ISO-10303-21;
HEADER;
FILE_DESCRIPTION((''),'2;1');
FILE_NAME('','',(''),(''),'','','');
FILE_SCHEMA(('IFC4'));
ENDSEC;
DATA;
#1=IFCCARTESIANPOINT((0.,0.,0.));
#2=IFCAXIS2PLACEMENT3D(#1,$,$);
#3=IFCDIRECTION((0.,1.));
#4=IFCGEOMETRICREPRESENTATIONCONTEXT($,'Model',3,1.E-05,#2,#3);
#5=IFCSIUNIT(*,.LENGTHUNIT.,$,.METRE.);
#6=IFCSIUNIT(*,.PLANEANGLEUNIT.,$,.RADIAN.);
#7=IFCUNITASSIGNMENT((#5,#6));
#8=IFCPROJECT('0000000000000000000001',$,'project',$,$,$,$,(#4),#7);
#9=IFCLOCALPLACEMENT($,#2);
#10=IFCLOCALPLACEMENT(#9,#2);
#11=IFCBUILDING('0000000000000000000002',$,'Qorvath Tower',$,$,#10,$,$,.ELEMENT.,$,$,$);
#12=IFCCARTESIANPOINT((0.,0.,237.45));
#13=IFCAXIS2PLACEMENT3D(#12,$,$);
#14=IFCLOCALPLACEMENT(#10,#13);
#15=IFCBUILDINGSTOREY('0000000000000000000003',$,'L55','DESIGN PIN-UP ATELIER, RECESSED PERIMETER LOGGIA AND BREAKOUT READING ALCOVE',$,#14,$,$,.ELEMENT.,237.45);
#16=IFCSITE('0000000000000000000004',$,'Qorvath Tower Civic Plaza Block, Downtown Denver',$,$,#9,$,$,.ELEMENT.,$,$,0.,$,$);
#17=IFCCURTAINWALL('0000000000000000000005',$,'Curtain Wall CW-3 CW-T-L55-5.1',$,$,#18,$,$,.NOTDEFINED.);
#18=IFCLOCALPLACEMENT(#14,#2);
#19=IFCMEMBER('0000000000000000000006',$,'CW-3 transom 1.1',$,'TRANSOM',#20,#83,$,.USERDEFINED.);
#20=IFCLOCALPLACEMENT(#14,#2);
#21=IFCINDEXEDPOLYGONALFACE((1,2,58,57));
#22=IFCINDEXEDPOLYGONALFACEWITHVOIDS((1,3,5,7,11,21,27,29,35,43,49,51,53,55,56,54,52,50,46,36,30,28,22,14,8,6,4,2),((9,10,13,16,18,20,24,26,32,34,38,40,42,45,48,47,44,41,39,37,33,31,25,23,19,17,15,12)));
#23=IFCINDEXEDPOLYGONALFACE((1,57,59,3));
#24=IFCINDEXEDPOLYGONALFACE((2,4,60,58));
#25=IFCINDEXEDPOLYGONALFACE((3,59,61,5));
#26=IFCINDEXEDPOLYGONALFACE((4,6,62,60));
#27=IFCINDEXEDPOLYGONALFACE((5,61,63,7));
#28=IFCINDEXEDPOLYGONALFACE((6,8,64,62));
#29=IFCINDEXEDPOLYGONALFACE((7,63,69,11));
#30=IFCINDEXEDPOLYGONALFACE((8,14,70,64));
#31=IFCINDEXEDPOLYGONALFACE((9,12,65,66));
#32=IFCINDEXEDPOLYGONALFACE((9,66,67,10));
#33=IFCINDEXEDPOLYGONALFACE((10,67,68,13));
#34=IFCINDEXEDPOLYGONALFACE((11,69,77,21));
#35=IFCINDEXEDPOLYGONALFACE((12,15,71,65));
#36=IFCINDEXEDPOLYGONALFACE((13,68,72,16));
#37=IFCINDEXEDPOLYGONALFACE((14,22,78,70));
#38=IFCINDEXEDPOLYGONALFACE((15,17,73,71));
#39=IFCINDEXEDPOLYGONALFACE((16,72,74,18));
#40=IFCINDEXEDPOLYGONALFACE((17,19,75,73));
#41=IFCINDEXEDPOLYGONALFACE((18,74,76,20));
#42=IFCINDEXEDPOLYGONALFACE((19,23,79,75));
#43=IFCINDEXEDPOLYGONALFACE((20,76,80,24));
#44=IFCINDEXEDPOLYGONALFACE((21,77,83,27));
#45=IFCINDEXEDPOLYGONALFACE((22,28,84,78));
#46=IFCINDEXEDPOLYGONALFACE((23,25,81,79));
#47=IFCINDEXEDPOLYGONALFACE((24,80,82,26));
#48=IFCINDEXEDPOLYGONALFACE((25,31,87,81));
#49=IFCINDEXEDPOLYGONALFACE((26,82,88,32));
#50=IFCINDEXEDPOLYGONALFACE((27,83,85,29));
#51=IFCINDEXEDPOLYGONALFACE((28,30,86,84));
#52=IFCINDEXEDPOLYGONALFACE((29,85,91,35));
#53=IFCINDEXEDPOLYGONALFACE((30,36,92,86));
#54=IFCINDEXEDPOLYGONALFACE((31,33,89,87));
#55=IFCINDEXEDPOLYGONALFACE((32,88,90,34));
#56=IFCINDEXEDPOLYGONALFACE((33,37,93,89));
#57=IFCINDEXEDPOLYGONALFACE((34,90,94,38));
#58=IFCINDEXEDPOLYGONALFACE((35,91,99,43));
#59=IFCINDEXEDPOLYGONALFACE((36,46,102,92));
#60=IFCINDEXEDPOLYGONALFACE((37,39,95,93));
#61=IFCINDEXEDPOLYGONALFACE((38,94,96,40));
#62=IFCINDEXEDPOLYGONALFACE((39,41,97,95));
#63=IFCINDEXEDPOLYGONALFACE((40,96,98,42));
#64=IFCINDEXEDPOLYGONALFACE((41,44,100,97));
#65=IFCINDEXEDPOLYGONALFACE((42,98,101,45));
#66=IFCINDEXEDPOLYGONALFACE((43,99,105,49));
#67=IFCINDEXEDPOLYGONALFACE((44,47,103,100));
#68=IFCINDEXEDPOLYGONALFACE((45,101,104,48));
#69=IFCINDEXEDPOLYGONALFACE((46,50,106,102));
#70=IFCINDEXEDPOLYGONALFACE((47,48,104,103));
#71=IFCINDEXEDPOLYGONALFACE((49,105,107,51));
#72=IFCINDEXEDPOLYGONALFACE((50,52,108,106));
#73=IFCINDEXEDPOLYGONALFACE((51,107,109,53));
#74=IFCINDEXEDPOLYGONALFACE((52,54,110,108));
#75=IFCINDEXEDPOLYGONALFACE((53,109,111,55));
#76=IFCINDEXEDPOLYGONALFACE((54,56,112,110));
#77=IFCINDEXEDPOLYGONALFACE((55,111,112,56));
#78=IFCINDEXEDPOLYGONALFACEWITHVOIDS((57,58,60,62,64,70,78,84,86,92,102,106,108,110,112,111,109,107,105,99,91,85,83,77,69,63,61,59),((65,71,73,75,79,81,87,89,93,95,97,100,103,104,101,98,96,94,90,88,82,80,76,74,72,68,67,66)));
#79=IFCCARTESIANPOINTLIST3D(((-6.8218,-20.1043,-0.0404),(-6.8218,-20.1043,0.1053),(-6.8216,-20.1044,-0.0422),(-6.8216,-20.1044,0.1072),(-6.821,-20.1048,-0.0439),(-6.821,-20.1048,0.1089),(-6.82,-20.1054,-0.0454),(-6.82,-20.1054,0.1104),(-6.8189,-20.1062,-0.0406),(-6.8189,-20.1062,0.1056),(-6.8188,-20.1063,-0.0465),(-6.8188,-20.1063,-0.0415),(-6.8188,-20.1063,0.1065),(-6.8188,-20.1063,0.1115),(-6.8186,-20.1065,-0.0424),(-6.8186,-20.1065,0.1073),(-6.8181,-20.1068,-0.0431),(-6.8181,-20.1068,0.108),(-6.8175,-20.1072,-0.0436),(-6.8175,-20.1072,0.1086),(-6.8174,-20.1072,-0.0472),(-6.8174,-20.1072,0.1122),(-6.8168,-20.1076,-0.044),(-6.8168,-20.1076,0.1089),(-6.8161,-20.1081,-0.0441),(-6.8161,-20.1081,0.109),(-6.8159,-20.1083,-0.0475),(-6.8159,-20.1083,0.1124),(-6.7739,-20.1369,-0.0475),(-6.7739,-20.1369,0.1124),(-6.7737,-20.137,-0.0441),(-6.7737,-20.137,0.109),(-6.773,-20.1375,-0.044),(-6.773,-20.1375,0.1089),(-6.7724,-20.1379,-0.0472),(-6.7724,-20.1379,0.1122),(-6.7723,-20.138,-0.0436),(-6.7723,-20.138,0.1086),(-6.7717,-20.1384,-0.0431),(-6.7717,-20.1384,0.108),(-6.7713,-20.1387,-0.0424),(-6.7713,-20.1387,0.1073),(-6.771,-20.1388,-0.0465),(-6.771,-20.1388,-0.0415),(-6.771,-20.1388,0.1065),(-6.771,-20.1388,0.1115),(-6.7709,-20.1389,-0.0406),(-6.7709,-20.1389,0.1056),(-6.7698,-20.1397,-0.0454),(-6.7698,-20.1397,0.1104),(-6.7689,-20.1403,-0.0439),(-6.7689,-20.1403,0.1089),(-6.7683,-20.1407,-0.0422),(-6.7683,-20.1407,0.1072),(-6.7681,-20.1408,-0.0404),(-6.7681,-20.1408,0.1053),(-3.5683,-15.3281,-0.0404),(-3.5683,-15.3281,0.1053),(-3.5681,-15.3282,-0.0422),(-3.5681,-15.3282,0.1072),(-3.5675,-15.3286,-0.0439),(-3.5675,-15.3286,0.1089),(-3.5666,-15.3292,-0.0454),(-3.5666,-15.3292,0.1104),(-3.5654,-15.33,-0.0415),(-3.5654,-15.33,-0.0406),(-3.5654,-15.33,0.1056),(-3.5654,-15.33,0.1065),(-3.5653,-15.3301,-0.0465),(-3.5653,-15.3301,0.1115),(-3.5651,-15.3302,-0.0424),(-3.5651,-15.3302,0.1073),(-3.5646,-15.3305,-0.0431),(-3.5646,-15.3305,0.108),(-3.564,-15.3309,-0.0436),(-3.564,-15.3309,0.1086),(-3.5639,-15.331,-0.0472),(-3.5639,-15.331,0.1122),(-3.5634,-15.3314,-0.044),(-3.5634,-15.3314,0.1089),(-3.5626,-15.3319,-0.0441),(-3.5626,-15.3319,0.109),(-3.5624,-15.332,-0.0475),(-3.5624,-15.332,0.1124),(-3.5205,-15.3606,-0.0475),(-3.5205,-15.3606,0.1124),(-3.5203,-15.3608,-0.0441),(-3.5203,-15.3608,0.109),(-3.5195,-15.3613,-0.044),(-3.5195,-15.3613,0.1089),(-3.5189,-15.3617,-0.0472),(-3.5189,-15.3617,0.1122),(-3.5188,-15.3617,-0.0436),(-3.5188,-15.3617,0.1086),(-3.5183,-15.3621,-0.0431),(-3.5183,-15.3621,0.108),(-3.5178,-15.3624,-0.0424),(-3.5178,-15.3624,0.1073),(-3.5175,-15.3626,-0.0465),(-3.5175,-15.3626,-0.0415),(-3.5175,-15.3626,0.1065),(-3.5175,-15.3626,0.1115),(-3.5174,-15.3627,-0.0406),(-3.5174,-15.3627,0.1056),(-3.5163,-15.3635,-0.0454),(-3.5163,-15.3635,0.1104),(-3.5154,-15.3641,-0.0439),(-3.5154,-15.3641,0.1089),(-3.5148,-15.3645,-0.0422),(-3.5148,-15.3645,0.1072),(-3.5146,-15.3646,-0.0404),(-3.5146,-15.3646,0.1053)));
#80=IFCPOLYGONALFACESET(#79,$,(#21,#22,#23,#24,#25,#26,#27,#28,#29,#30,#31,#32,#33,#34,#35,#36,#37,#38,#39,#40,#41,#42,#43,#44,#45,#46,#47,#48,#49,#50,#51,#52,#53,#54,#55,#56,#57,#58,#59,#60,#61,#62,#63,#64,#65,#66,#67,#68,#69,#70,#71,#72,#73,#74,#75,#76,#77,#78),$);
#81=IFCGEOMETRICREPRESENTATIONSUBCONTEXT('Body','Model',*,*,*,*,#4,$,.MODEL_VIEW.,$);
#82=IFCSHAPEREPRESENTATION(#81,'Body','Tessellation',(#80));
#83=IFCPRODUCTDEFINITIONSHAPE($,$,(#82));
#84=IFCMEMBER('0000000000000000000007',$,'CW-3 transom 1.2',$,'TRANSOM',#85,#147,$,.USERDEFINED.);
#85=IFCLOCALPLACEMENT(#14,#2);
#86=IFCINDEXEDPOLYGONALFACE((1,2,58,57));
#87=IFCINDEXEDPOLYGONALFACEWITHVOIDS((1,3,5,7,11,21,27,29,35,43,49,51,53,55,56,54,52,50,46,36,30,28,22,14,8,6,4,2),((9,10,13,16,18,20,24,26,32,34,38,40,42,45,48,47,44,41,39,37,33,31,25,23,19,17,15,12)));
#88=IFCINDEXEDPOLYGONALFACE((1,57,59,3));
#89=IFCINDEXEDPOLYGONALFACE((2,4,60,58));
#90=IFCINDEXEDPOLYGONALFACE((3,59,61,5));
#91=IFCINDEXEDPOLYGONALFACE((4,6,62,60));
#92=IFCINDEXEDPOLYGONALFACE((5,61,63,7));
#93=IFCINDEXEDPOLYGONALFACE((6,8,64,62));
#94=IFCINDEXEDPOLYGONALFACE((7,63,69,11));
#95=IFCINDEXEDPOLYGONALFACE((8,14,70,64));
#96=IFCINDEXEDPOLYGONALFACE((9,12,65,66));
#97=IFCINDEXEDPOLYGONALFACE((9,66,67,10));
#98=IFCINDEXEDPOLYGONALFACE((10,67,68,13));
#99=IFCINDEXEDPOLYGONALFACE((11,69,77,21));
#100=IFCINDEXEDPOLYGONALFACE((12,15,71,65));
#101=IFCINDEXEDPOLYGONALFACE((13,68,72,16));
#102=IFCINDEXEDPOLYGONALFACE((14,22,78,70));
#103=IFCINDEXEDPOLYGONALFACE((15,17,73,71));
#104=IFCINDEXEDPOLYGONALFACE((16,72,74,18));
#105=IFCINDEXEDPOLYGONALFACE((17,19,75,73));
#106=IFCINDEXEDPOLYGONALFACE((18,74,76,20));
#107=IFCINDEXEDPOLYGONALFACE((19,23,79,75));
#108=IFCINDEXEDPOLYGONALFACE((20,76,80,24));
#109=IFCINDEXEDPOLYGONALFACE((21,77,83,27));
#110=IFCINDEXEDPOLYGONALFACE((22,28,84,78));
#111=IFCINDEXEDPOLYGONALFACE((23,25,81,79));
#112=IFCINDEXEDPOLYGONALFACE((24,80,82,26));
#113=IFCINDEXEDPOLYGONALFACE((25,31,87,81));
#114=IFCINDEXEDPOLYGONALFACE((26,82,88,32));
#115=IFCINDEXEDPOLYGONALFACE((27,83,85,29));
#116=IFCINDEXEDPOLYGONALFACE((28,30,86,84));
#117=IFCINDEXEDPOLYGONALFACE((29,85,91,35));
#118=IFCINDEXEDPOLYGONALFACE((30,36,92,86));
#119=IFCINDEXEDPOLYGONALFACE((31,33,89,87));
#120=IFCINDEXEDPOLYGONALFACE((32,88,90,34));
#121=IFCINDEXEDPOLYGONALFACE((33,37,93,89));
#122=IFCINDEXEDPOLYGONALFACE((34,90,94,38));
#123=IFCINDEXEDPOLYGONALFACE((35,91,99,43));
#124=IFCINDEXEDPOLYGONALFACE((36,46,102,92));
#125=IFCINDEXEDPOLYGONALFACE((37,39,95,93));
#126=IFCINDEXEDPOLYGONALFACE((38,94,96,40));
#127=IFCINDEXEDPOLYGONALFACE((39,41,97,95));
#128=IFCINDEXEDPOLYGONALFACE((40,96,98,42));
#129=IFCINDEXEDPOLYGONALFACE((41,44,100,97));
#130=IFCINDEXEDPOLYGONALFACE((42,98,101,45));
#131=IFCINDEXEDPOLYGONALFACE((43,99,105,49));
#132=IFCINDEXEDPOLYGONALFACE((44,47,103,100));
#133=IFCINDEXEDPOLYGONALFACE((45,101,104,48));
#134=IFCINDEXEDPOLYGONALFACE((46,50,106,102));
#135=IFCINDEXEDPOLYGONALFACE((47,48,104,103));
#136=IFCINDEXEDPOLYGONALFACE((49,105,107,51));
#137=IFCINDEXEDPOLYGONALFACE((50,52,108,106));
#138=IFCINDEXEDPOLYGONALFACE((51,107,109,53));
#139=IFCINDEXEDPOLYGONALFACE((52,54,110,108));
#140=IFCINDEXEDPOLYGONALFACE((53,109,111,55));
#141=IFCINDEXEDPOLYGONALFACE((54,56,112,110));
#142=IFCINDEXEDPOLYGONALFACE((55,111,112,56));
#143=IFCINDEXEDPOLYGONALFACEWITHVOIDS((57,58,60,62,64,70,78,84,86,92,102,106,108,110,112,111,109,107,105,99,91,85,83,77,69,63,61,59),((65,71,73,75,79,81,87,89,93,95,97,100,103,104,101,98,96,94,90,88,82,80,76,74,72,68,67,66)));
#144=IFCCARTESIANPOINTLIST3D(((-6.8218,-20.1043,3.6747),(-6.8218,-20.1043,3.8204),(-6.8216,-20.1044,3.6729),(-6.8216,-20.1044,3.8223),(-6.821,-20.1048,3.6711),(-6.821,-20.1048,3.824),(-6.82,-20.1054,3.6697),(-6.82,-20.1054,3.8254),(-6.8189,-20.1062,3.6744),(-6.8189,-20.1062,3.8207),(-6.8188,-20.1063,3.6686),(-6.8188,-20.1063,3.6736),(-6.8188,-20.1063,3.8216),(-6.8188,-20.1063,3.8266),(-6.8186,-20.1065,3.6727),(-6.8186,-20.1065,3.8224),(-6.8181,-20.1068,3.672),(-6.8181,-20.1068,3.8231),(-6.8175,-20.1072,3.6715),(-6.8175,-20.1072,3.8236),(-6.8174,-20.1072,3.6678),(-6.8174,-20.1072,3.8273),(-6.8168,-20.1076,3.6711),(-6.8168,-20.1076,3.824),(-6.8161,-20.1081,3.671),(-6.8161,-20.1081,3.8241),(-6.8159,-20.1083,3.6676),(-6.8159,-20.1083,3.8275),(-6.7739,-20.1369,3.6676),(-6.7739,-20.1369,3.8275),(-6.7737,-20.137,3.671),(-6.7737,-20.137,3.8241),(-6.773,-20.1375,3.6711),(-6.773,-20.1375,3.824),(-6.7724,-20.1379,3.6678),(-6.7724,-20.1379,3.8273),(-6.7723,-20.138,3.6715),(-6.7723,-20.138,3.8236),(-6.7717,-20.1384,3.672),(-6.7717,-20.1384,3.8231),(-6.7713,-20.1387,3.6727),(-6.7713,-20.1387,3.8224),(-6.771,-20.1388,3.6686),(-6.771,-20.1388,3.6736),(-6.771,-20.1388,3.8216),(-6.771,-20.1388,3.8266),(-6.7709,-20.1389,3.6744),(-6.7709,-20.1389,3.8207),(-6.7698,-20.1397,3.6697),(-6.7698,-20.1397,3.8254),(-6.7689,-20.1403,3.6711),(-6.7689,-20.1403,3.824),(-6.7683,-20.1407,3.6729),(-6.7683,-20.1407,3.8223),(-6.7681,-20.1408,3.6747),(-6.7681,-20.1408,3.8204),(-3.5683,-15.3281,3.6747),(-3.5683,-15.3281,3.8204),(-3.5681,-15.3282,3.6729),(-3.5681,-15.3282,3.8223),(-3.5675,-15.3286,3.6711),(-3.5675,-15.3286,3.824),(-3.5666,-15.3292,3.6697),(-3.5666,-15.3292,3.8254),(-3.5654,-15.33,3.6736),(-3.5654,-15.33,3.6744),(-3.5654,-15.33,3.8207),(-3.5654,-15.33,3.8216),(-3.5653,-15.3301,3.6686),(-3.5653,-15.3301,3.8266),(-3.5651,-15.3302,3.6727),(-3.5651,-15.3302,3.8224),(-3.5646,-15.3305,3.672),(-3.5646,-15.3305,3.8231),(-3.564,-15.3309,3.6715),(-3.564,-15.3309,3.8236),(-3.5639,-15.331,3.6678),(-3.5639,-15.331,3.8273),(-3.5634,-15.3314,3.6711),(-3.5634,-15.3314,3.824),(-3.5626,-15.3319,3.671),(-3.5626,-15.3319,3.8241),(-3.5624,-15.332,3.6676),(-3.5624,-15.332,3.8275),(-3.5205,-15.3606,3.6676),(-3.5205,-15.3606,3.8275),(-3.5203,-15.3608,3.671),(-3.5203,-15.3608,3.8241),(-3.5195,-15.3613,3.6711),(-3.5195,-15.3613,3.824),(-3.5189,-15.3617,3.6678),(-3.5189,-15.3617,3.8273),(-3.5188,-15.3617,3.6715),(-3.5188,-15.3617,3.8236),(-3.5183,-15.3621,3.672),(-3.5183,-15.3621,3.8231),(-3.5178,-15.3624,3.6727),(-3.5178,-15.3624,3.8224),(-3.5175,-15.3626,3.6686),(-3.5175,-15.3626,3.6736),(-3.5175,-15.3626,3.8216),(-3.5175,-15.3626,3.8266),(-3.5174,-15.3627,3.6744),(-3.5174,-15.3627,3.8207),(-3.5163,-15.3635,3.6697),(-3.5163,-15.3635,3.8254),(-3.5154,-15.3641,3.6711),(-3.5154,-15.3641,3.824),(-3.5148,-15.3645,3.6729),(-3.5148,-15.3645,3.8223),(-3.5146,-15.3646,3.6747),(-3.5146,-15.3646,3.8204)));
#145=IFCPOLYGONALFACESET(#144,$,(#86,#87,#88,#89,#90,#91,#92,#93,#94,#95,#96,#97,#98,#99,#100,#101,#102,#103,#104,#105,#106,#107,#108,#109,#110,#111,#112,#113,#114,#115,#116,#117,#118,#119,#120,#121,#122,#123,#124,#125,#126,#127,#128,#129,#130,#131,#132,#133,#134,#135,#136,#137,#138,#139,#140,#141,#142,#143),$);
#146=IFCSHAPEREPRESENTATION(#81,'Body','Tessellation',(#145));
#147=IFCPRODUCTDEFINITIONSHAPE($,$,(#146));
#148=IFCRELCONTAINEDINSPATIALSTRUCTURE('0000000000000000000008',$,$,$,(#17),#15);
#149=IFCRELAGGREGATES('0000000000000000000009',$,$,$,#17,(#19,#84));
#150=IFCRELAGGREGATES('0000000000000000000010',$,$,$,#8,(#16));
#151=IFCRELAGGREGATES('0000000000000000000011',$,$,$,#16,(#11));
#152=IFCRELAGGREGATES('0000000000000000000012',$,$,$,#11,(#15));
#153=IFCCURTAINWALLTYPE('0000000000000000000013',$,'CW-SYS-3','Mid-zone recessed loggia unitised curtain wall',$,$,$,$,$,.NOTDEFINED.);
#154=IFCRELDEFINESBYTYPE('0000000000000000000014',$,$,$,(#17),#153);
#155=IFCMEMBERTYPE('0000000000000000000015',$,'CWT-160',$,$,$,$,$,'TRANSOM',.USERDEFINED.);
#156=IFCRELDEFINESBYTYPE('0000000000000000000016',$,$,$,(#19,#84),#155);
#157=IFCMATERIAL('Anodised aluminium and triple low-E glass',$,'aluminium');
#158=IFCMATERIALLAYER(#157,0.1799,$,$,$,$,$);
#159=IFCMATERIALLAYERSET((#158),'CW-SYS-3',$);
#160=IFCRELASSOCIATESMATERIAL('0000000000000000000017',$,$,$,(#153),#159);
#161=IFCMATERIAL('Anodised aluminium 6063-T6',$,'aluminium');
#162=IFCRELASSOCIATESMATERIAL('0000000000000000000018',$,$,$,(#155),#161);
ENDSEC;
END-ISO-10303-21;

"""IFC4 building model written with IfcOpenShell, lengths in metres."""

from ifc_helpers import new_model, si_unit, direction, frame, origin, origin_2d, place, context, subcontext, project, spatial, hollow_rectangle, extrude, material, layer, layer_set, material_profile, profile_set, type_object, element, aggregate, save


model = new_model("IFC4")

# Units and contexts
model_context = context("Model", 3, precision=1e-05, world=origin(), true_north=direction((0.0, 1.0)))
body_context = subcontext(model_context, "Body", "Model", "MODEL_VIEW")
ifc_project = project(units=[si_unit("LENGTHUNIT", "METRE"), si_unit("PLANEANGLEUNIT", "RADIAN")], contexts=[model_context])

# Site, building, storey
site_placement = place(None, origin())
site = spatial("IfcSite", under=ifc_project, at=site_placement, Name="Qorvath Tower Civic Plaza Block, Downtown Denver", CompositionType="ELEMENT", RefElevation=0.0)
building_placement = place(site_placement, origin())
building = spatial("IfcBuilding", under=site, at=building_placement, Name="Qorvath Tower", CompositionType="ELEMENT")
storey_placement = place(building_placement, frame((0.0, 0.0, 237.45)))
storey = spatial("IfcBuildingStorey", under=building, at=storey_placement, Name="L55", Description="DESIGN PIN-UP ATELIER, RECESSED PERIMETER LOGGIA AND BREAKOUT READING ALCOVE", CompositionType="ELEMENT", Elevation=237.45)

# Shared definitions
ifc_material_1 = material(Name="Anodised aluminium and triple low-E glass", Category="aluminium")
ifc_layer_1 = layer(ifc_material_1, 0.1799)
ifc_layer_set_1 = layer_set([ifc_layer_1], Name="CW-SYS-3")
curtain_wall_type = type_object("IfcCurtainWallType", Name="CW-SYS-3", Description="Mid-zone recessed loggia unitised curtain wall", PredefinedType="NOTDEFINED", material=ifc_layer_set_1)

# Curtain wall
curtain_wall_1_placement = place(storey_placement, origin())
curtain_wall_1 = element("IfcCurtainWall", 1, at=curtain_wall_1_placement, inside=storey, type_object=curtain_wall_type, Name="Curtain Wall CW-3 CW-T-L55-5.1", PredefinedType="NOTDEFINED")

# Members
ifc_material_2 = material(Name="Anodised aluminium 6063-T6", Category="aluminium")
ifc_material_profile_1 = material_profile(ifc_material_2, hollow_rectangle(XDim=0.0649, YDim=0.1599, WallThickness=0.0034, InnerFilletRadius=0.0034, OuterFilletRadius=0.0071, at=origin_2d()), Name="CWT 160x65")
ifc_profile_set_1 = profile_set([ifc_material_profile_1], Name="Anodised aluminium 6063-T6")
member_type_1 = type_object("IfcMemberType", Name="CWT-160", ElementType="TRANSOM", PredefinedType="USERDEFINED", material=ifc_profile_set_1)
member_1_placement = place(storey_placement, frame((-6.7949, -20.1226, 0.0325), z_axis=(0.562979, 0.826471, 0.0), x_axis=(-0.826471, 0.562979, 0.0)))
member_1 = element("IfcMember", 2, at=member_1_placement, type_object=member_type_1, Name="CW-3 transom 1.1", ObjectType="TRANSOM", PredefinedType="USERDEFINED", context=body_context, shape_type="SweptSolid", body=[
    extrude(hollow_rectangle(XDim=0.0649, YDim=0.1599, WallThickness=0.0034, InnerFilletRadius=0.0034, OuterFilletRadius=0.0071, at=origin_2d()), origin(), (0.0, 0.0, 1.0), 5.7791),
])
member_2_placement = place(storey_placement, frame((-6.7949, -20.1226, 3.7476), z_axis=(0.562979, 0.826471, 0.0), x_axis=(-0.826471, 0.562979, 0.0)))
member_2 = element("IfcMember", 3, at=member_2_placement, type_object=member_type_1, Name="CW-3 transom 1.2", ObjectType="TRANSOM", PredefinedType="USERDEFINED", context=body_context, shape_type="SweptSolid", body=[
    extrude(hollow_rectangle(XDim=0.0649, YDim=0.1599, WallThickness=0.0034, InnerFilletRadius=0.0034, OuterFilletRadius=0.0071, at=origin_2d()), origin(), (0.0, 0.0, 1.0), 5.7791),
])

aggregate(curtain_wall_1, [member_1, member_2])

save(model, "model.ifc")
